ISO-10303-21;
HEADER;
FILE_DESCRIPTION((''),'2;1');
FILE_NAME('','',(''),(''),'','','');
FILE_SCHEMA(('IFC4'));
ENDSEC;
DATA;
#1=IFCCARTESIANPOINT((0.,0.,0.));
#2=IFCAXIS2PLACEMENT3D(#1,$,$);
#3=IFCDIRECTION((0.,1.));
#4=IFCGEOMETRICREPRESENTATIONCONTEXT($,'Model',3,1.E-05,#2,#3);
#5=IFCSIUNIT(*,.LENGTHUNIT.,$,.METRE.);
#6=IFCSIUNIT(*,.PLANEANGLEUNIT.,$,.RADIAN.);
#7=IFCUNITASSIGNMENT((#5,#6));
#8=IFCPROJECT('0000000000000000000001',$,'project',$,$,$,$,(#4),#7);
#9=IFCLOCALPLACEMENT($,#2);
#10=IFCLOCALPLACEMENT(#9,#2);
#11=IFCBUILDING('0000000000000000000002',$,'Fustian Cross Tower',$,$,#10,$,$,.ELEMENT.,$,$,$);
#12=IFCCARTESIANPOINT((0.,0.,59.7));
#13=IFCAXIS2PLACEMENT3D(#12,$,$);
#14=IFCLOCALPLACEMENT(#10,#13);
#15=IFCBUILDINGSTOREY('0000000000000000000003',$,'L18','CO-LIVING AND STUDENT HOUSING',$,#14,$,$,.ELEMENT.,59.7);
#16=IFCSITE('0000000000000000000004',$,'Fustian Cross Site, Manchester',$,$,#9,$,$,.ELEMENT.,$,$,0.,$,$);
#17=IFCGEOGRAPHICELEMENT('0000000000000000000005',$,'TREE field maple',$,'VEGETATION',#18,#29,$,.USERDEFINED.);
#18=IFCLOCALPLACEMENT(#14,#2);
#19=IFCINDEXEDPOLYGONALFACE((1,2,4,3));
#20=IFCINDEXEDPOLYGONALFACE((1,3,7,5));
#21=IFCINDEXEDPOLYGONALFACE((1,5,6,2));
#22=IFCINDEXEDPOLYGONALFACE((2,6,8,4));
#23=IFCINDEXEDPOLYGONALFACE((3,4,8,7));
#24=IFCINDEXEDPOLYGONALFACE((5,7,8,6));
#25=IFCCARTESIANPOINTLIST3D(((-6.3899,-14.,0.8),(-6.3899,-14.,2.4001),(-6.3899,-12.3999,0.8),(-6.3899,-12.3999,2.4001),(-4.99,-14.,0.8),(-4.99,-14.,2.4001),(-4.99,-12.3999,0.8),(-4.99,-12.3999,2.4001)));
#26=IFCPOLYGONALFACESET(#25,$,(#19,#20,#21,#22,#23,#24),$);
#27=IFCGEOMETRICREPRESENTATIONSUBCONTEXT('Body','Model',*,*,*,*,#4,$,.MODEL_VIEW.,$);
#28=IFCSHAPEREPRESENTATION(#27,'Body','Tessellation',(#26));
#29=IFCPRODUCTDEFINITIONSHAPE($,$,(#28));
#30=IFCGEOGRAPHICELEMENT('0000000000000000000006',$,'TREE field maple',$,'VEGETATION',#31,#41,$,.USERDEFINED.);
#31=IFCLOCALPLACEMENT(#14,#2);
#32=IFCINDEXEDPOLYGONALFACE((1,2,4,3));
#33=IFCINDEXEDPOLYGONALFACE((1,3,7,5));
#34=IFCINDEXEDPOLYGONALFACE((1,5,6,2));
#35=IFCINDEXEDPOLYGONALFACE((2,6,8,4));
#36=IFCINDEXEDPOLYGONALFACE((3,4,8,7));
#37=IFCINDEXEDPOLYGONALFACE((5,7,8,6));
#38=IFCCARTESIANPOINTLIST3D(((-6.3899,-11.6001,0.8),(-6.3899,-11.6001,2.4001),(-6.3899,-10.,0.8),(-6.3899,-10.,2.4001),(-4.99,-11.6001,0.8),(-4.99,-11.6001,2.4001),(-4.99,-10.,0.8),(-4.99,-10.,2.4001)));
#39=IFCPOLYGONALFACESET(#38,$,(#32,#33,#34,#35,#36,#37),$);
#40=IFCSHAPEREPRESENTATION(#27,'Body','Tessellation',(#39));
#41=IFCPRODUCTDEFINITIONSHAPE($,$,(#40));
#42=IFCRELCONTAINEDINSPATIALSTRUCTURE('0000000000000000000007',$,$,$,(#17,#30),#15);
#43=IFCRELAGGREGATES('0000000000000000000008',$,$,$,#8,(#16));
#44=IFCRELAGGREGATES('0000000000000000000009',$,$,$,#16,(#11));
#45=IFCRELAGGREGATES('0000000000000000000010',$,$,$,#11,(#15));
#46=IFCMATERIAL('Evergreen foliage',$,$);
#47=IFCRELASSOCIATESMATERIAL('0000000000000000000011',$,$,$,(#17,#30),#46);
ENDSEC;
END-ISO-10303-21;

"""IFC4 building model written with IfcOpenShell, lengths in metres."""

from ifc_helpers import new_model, si_unit, direction, frame, origin, origin_2d, place, context, subcontext, project, spatial, rectangle, extrude, material, element, save


model = new_model("IFC4")

# Units and contexts
model_context = context("Model", 3, precision=1e-05, world=origin(), true_north=direction((0.0, 1.0)))
body_context = subcontext(model_context, "Body", "Model", "MODEL_VIEW")
ifc_project = project(units=[si_unit("LENGTHUNIT", "METRE"), si_unit("PLANEANGLEUNIT", "RADIAN")], contexts=[model_context])

# Site, building, storey
site_placement = place(None, origin())
site = spatial("IfcSite", under=ifc_project, at=site_placement, Name="Fustian Cross Site, Manchester", CompositionType="ELEMENT", RefElevation=0.0)
building_placement = place(site_placement, origin())
building = spatial("IfcBuilding", under=site, at=building_placement, Name="Fustian Cross Tower", CompositionType="ELEMENT")
storey_placement = place(building_placement, frame((0.0, 0.0, 59.7)))
storey = spatial("IfcBuildingStorey", under=building, at=storey_placement, Name="L18", Description="CO-LIVING AND STUDENT HOUSING", CompositionType="ELEMENT", Elevation=59.7)

# Geographic elements
ifc_material_1 = material(Name="Evergreen foliage")
for number, where, z_axis, x_axis, name in (
    (1, (-5.6899, -13.2, 0.8), (0.0, 0.0, 1.0), (1.0, 0.0, 0.0), "TREE field maple"),
    (2, (-5.6899, -10.8, 0.8), (0.0, 0.0, 1.0), (1.0, 0.0, 0.0), "TREE field maple"),
):
    element("IfcGeographicElement", number, at=place(storey_placement, frame(where, z_axis=z_axis, x_axis=x_axis)), inside=storey, material=ifc_material_1, Name=name, ObjectType="VEGETATION", PredefinedType="USERDEFINED", context=body_context, shape_type="SweptSolid", body=[
        extrude(rectangle(XDim=1.3999, YDim=1.6001, at=origin_2d()), origin(), (0.0, 0.0, 1.0), 1.6001),
    ])

save(model, "model.ifc")
